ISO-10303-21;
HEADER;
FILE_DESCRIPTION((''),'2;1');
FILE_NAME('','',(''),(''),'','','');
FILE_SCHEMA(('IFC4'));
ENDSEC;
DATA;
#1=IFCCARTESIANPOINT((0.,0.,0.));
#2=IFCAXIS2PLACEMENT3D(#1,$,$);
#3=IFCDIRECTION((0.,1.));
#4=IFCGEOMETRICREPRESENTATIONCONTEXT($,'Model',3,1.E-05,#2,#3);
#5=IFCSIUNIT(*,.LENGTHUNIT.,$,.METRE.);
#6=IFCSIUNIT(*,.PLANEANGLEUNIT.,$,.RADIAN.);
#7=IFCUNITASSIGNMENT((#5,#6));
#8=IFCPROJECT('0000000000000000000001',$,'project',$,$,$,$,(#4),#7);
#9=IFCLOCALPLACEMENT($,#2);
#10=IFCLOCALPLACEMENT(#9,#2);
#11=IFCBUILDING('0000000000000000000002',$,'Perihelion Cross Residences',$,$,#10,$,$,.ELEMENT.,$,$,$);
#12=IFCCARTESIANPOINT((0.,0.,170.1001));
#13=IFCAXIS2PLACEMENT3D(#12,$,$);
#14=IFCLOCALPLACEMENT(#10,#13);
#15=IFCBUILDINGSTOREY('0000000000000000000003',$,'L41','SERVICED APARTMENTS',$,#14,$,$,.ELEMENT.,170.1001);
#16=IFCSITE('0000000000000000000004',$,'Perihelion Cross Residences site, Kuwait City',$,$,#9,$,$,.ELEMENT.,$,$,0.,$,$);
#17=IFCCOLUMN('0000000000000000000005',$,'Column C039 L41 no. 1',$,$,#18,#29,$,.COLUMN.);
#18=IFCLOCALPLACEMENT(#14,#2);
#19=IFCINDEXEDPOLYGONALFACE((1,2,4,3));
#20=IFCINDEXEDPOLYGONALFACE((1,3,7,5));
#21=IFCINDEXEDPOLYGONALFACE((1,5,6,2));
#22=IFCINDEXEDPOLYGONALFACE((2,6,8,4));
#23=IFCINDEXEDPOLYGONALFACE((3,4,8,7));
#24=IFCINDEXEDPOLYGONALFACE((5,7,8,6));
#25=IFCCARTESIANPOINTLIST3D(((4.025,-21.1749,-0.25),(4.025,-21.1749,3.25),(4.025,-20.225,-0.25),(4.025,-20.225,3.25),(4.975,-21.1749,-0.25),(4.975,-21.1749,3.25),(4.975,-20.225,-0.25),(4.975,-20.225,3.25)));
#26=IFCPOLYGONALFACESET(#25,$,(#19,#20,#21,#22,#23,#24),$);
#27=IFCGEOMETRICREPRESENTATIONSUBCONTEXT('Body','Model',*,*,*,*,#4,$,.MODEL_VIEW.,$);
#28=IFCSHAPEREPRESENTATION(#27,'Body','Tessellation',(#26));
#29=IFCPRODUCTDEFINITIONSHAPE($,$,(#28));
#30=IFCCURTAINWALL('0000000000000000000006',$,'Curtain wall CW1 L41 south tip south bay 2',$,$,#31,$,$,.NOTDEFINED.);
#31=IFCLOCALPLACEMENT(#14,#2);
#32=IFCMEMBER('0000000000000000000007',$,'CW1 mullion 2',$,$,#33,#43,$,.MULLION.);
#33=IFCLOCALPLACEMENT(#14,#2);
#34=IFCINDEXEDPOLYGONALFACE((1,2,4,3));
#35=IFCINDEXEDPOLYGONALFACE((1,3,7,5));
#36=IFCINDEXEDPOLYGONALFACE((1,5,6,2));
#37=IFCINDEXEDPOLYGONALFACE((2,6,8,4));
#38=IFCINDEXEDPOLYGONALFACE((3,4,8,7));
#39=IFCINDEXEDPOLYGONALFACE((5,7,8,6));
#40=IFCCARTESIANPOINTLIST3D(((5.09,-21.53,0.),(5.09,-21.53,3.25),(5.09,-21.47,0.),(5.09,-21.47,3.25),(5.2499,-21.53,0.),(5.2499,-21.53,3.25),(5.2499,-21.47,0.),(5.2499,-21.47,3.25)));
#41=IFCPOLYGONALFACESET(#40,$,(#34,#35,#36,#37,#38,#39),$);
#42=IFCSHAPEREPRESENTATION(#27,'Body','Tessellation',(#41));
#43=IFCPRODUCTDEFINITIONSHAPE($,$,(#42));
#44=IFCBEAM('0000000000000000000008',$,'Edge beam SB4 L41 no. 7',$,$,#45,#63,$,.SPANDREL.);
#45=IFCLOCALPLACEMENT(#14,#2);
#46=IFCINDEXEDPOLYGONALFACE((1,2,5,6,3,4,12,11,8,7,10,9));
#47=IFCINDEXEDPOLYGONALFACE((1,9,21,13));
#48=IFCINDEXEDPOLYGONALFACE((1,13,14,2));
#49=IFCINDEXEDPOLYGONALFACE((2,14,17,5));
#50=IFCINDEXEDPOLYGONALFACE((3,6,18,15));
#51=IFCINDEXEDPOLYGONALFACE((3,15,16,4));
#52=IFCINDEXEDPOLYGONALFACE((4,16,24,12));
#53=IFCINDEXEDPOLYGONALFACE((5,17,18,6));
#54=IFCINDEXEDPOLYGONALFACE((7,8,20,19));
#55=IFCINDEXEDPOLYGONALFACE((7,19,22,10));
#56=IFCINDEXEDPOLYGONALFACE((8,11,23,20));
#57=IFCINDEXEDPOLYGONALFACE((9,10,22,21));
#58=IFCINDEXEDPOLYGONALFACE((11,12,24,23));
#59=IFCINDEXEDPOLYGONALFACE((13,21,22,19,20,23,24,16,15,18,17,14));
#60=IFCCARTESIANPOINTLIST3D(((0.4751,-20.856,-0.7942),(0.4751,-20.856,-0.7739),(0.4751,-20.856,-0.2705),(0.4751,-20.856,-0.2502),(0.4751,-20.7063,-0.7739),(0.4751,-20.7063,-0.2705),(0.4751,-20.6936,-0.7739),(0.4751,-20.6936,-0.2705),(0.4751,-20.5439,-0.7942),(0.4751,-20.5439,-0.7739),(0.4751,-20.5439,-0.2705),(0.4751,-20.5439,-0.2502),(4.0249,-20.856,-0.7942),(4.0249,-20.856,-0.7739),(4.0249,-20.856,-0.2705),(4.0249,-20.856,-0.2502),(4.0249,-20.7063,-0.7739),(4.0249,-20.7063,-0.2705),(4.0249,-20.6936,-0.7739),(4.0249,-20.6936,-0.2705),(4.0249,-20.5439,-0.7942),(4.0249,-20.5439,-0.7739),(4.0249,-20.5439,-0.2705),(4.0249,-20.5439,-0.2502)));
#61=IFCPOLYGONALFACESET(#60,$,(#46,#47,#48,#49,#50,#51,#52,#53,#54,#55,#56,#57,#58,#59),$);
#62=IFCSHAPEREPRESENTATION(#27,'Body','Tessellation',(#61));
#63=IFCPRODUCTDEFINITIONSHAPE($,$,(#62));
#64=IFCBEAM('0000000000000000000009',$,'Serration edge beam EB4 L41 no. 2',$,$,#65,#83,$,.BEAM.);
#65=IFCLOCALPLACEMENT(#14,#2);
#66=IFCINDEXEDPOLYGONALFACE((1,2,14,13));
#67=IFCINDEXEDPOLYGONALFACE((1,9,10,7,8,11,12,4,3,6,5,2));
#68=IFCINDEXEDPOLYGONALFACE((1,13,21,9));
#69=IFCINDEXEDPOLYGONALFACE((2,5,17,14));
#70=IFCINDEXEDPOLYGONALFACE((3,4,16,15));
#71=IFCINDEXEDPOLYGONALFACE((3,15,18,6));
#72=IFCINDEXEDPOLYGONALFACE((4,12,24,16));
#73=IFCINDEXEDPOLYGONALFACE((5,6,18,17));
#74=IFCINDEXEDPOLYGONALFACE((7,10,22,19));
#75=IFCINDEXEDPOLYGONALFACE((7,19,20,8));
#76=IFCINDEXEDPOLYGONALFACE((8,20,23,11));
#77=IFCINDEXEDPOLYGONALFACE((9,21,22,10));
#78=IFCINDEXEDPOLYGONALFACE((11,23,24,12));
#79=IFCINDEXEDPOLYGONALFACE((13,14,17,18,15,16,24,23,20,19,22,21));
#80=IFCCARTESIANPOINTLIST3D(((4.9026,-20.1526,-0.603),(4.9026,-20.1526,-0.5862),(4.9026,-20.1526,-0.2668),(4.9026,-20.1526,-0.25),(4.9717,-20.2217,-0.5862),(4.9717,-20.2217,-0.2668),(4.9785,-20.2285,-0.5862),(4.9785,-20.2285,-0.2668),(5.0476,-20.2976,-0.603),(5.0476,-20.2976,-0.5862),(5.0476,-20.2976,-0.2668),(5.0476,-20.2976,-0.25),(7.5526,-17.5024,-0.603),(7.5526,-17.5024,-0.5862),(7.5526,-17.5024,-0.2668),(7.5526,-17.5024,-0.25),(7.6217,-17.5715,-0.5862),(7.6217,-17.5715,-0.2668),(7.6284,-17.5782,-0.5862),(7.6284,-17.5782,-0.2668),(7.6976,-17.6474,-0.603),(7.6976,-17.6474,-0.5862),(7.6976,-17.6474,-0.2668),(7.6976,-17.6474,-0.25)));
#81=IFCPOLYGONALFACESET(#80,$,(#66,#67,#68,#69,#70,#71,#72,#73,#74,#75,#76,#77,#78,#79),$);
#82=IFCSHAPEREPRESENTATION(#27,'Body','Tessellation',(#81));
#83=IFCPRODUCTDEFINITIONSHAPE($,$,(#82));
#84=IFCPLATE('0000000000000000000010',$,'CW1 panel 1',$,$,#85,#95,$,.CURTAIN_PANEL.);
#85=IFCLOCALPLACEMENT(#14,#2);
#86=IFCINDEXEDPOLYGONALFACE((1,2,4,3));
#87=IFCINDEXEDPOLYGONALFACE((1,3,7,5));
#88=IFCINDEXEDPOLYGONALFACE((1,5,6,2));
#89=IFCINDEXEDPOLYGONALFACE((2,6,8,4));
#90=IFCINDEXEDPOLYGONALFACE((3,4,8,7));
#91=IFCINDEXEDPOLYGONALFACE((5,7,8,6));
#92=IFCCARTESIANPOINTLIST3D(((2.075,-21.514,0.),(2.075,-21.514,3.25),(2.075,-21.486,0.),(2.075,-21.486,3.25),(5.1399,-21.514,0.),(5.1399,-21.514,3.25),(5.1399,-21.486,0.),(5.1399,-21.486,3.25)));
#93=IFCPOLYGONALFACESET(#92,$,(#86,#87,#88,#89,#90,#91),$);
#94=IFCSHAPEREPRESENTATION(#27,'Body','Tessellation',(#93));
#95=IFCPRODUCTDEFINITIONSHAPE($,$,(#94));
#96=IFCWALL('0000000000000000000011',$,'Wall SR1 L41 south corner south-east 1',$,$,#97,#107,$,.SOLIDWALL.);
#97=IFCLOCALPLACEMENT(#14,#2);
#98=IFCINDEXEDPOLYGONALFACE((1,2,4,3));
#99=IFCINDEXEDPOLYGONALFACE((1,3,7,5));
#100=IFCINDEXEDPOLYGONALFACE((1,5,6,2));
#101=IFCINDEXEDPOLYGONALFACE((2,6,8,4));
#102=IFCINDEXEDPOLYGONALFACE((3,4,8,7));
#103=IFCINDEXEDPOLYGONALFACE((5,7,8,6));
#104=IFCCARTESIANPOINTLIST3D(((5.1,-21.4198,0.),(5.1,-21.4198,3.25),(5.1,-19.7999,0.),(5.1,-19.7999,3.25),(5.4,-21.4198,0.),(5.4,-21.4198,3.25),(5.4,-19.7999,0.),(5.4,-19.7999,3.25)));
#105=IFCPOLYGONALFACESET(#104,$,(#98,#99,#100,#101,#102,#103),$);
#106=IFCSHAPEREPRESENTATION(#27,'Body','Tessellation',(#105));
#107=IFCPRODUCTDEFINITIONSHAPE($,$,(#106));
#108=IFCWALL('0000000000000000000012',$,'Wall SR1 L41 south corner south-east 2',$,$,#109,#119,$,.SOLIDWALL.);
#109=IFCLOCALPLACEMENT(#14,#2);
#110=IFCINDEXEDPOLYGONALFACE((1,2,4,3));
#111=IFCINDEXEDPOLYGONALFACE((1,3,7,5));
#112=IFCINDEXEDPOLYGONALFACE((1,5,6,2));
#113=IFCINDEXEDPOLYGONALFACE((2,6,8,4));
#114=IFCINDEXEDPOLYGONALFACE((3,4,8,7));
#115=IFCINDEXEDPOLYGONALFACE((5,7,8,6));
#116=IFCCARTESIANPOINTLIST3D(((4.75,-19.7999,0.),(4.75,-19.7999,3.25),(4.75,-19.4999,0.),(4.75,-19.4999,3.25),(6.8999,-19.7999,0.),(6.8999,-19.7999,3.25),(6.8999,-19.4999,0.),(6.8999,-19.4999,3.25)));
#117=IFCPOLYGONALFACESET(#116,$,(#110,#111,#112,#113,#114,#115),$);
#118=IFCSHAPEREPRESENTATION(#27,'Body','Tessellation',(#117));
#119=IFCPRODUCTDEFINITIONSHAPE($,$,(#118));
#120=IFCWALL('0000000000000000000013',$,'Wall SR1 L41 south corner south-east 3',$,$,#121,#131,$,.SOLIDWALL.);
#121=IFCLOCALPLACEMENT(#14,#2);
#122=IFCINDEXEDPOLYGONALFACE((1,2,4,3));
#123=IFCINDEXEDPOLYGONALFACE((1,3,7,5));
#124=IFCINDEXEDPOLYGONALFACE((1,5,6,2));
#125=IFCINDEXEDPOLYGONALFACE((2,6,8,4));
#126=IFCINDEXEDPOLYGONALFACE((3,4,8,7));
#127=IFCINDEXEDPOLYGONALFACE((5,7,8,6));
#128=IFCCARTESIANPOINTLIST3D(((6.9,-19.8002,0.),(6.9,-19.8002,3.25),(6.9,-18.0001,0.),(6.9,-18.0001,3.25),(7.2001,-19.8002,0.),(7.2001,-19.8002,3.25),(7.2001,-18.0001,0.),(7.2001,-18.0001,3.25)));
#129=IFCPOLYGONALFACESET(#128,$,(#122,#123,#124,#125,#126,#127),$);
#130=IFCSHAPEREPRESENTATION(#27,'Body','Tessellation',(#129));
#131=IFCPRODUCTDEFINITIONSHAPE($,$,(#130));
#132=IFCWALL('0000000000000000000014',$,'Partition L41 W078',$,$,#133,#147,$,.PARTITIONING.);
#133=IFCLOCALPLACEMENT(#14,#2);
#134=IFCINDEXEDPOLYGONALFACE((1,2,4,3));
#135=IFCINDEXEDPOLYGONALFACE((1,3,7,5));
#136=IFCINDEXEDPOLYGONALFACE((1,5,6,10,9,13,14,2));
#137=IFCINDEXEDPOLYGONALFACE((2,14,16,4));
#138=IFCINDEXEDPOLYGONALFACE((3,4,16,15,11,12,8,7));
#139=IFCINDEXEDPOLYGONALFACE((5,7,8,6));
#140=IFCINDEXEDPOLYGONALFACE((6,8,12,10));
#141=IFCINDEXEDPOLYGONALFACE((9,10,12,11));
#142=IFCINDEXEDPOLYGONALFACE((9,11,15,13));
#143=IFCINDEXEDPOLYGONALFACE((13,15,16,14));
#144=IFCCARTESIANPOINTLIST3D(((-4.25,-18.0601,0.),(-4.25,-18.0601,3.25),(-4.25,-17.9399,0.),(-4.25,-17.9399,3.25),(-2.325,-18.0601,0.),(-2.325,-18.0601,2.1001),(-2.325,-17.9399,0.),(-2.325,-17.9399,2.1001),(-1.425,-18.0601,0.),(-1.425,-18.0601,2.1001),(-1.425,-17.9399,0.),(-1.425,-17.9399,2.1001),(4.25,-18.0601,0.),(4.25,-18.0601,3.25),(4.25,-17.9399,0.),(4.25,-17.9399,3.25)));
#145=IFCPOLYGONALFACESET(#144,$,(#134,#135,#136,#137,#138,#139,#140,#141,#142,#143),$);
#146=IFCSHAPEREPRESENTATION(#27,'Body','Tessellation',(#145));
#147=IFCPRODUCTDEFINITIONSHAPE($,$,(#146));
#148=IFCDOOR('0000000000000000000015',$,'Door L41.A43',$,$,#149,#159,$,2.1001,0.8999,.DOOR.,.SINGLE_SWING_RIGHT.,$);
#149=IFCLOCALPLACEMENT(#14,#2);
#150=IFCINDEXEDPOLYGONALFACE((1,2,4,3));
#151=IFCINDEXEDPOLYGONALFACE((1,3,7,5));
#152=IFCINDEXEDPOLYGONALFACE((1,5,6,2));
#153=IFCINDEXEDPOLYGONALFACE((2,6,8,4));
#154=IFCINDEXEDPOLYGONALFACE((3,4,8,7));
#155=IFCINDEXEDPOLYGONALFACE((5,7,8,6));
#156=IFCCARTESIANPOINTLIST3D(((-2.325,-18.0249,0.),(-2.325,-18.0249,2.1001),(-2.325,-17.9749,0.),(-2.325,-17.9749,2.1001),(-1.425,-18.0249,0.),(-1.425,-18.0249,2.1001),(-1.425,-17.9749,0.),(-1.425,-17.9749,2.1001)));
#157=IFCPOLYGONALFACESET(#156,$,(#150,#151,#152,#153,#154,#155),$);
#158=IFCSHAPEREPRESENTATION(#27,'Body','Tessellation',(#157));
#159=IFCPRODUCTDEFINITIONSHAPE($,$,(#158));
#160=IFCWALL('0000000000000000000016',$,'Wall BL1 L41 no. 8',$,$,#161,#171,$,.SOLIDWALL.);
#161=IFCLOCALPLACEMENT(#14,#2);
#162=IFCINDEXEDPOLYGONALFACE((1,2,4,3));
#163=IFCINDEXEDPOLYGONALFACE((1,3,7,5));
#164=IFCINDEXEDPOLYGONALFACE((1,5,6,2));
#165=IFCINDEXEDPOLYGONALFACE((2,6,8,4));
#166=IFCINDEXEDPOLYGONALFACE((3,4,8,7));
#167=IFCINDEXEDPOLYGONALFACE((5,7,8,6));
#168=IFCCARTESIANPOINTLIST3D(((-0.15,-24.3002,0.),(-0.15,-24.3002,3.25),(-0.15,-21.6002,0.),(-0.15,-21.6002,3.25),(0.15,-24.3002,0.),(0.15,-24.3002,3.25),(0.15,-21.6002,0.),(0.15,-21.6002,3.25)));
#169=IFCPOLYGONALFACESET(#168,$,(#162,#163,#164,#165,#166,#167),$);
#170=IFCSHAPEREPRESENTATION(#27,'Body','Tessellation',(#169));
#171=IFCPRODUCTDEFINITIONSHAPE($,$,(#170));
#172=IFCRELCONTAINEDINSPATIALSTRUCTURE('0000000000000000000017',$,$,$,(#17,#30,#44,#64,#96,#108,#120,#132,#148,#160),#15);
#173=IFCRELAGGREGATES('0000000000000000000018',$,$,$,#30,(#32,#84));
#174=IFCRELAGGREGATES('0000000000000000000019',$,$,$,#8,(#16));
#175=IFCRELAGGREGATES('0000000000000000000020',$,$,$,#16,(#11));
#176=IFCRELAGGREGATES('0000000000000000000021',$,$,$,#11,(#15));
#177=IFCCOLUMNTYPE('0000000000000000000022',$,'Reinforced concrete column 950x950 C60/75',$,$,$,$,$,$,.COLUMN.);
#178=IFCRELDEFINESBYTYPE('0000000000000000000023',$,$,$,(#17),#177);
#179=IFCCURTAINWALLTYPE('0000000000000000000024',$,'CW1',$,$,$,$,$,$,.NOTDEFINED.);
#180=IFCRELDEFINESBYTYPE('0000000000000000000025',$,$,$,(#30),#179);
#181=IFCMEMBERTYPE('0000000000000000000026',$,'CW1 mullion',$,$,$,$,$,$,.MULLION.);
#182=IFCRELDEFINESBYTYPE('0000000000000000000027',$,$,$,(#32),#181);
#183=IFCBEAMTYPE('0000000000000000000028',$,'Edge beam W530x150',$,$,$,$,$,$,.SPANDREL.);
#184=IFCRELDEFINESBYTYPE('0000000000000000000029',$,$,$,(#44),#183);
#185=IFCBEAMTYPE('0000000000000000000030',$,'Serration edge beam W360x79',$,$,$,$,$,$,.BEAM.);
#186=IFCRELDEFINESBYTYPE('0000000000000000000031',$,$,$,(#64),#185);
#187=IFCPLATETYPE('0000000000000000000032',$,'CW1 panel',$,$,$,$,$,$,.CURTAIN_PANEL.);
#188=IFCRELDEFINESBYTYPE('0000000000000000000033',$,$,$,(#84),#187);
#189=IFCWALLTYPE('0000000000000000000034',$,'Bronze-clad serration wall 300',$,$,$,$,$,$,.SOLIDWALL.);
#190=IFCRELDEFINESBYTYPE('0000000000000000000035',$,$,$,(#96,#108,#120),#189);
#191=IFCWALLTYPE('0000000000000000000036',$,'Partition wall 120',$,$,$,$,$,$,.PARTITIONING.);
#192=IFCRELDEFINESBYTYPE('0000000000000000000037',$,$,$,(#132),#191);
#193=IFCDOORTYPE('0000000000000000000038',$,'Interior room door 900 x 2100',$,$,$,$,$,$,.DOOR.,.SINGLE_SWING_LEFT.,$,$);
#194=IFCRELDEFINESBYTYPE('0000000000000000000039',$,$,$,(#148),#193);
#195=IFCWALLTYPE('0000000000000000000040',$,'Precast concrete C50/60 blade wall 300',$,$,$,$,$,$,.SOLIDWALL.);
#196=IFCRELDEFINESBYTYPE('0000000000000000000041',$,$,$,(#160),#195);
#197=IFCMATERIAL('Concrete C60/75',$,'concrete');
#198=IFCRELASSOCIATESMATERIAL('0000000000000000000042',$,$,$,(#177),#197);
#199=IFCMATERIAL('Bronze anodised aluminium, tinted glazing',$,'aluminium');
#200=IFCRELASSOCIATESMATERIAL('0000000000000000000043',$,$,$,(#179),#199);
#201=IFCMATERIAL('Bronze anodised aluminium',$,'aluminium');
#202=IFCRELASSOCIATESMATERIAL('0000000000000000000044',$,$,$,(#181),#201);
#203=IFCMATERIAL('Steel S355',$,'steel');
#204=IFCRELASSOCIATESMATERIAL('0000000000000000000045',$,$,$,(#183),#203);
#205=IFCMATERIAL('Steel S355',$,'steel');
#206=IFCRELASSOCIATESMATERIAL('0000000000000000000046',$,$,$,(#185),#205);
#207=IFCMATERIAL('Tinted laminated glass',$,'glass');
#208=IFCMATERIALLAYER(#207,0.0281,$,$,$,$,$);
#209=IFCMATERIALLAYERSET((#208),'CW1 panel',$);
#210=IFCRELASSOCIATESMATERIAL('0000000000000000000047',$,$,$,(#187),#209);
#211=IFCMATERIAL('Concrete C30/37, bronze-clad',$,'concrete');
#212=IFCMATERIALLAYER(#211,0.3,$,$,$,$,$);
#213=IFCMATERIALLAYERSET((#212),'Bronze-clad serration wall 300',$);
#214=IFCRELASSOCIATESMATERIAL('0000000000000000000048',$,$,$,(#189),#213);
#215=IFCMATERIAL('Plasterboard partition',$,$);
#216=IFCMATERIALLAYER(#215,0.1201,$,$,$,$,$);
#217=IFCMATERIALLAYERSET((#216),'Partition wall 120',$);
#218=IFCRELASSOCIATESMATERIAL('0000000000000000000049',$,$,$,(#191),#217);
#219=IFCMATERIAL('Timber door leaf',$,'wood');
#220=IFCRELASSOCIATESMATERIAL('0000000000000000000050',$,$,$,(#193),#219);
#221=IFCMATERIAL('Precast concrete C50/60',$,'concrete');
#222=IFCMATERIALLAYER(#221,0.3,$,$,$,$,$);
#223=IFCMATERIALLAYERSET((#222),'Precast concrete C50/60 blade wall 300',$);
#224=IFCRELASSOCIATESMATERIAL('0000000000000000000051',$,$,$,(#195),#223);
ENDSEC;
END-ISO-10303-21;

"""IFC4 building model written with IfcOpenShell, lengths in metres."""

from ifc_helpers import new_model, si_unit, direction, frame, frame_2d, origin, origin_2d, place, context, subcontext, project, spatial, rectangle, i_section, extrude, material, layer, layer_set, material_profile, profile_set, type_object, element, fill, aggregate, save


model = new_model("IFC4")

# Units and contexts
model_context = context("Model", 3, precision=1e-05, world=origin(), true_north=direction((0.0, 1.0)))
body_context = subcontext(model_context, "Body", "Model", "MODEL_VIEW")
ifc_project = project(units=[si_unit("LENGTHUNIT", "METRE"), si_unit("PLANEANGLEUNIT", "RADIAN")], contexts=[model_context])

# Site, building, storey
site_placement = place(None, origin())
site = spatial("IfcSite", under=ifc_project, at=site_placement, Name="Perihelion Cross Residences site, Kuwait City", CompositionType="ELEMENT", RefElevation=0.0)
building_placement = place(site_placement, origin())
building = spatial("IfcBuilding", under=site, at=building_placement, Name="Perihelion Cross Residences", CompositionType="ELEMENT")
storey_placement = place(building_placement, frame((0.0, 0.0, 170.1001)))
storey = spatial("IfcBuildingStorey", under=building, at=storey_placement, Name="L41", Description="SERVICED APARTMENTS", CompositionType="ELEMENT", Elevation=170.1001)

# Column
ifc_material_1 = material(Name="Concrete C60/75", Category="concrete")
ifc_material_profile_1 = material_profile(ifc_material_1, rectangle(XDim=0.95, YDim=0.95, at=origin_2d()), Name="RC 950x950")
ifc_profile_set_1 = profile_set([ifc_material_profile_1], Name="Concrete C60/75")
column_type = type_object("IfcColumnType", Name="Reinforced concrete column 950x950 C60/75", PredefinedType="COLUMN", material=ifc_profile_set_1)
column_placement = place(storey_placement, frame((4.5, -20.7, -0.25), z_axis=(0.0, 0.0, 1.0), x_axis=(1.0, 0.0, 0.0)))
element("IfcColumn", 1, at=column_placement, inside=storey, type_object=column_type, Name="Column C039 L41 no. 1", PredefinedType="COLUMN", context=body_context, shape_type="SweptSolid", body=[
    extrude(rectangle(XDim=0.95, YDim=0.95, at=origin_2d()), origin(), (0.0, 0.0, 1.0), 3.5),
])

# Curtain wall, member
ifc_material_2 = material(Name="Bronze anodised aluminium, tinted glazing", Category="aluminium")
curtain_wall_type = type_object("IfcCurtainWallType", Name="CW1", PredefinedType="NOTDEFINED", material=ifc_material_2)
curtain_wall_placement = place(storey_placement, origin())
curtain_wall = element("IfcCurtainWall", 2, at=curtain_wall_placement, inside=storey, type_object=curtain_wall_type, Name="Curtain wall CW1 L41 south tip south bay 2", PredefinedType="NOTDEFINED")
ifc_material_3 = material(Name="Bronze anodised aluminium", Category="aluminium")
ifc_material_profile_2 = material_profile(ifc_material_3, rectangle(XDim=0.0601, YDim=0.1599, at=origin_2d()), Name="CW1 mullion")
ifc_profile_set_2 = profile_set([ifc_material_profile_2], Name="Bronze anodised aluminium")
member_type = type_object("IfcMemberType", Name="CW1 mullion", PredefinedType="MULLION", material=ifc_profile_set_2)
member_placement = place(storey_placement, frame((5.1699, -21.5, 0.0), z_axis=(0.0, 0.0, 1.0), x_axis=(0.0, 1.0, 0.0)))
member = element("IfcMember", 3, at=member_placement, type_object=member_type, Name="CW1 mullion 2", PredefinedType="MULLION", context=body_context, shape_type="SweptSolid", body=[
    extrude(rectangle(XDim=0.0601, YDim=0.1599, at=origin_2d()), origin(), (0.0, 0.0, 1.0), 3.25),
])

# Beams
ifc_material_4 = material(Name="Steel S355", Category="steel")
ifc_material_profile_3 = material_profile(ifc_material_4, i_section(OverallWidth=0.312, OverallDepth=0.5439, WebThickness=0.0127, FlangeThickness=0.0203, at=origin_2d()), Name="W530x150")
ifc_profile_set_3 = profile_set([ifc_material_profile_3], Name="Steel S355")
beam_type_1 = type_object("IfcBeamType", Name="Edge beam W530x150", PredefinedType="SPANDREL", material=ifc_profile_set_3)
beam_1_placement = place(storey_placement, frame((0.4751, -20.7, -0.5222), z_axis=(1.0, 0.0, 0.0), x_axis=(0.0, 1.0, 0.0)))
element("IfcBeam", 4, at=beam_1_placement, inside=storey, type_object=beam_type_1, Name="Edge beam SB4 L41 no. 7", PredefinedType="SPANDREL", context=body_context, shape_type="SweptSolid", body=[
    extrude(i_section(OverallWidth=0.312, OverallDepth=0.5439, WebThickness=0.0127, FlangeThickness=0.0203, at=origin_2d()), origin(), (0.0, 0.0, 1.0), 3.5498),
])
ifc_material_5 = material(Name="Steel S355", Category="steel")
ifc_material_profile_4 = material_profile(ifc_material_5, i_section(OverallWidth=0.2051, OverallDepth=0.353, WebThickness=0.0095, FlangeThickness=0.0168, at=origin_2d()), Name="W360x79")
ifc_profile_set_4 = profile_set([ifc_material_profile_4], Name="Steel S355")
beam_type_2 = type_object("IfcBeamType", Name="Serration edge beam W360x79", PredefinedType="BEAM", material=ifc_profile_set_4)
beam_2_placement = place(storey_placement, frame((4.9751, -20.2251, -0.4265), z_axis=(0.707074, 0.707139, 0.0), x_axis=(-0.707139, 0.707074, 0.0)))
element("IfcBeam", 5, at=beam_2_placement, inside=storey, type_object=beam_type_2, Name="Serration edge beam EB4 L41 no. 2", PredefinedType="BEAM", context=body_context, shape_type="SweptSolid", body=[
    extrude(i_section(OverallWidth=0.2051, OverallDepth=0.353, WebThickness=0.0095, FlangeThickness=0.0168, at=origin_2d()), origin(), (0.0, 0.0, 1.0), 3.7478),
])

# Plate
ifc_material_6 = material(Name="Tinted laminated glass", Category="glass")
ifc_layer_1 = layer(ifc_material_6, 0.0281)
ifc_layer_set_1 = layer_set([ifc_layer_1], Name="CW1 panel")
plate_type = type_object("IfcPlateType", Name="CW1 panel", PredefinedType="CURTAIN_PANEL", material=ifc_layer_set_1)
plate_placement = place(storey_placement, frame((3.6074, -21.5, 0.0), z_axis=(0.0, 0.0, 1.0), x_axis=(1.0, 0.0, 0.0)))
plate = element("IfcPlate", 6, at=plate_placement, type_object=plate_type, Name="CW1 panel 1", PredefinedType="CURTAIN_PANEL", context=body_context, shape_type="SweptSolid", body=[
    extrude(rectangle(XDim=3.0649, YDim=0.0281, at=origin_2d()), origin(), (0.0, 0.0, 1.0), 3.25),
])
aggregate(curtain_wall, [member, plate])

# Walls
ifc_material_7 = material(Name="Concrete C30/37, bronze-clad", Category="concrete")
ifc_layer_2 = layer(ifc_material_7, 0.3)
ifc_layer_set_2 = layer_set([ifc_layer_2], Name="Bronze-clad serration wall 300")
wall_type_1 = type_object("IfcWallType", Name="Bronze-clad serration wall 300", PredefinedType="SOLIDWALL", material=ifc_layer_set_2)
wall_1_placement = place(storey_placement, frame((5.25, -21.4199, 0.0), z_axis=(0.0, 0.0, 1.0), x_axis=(0.0, 1.0, 0.0)))
element("IfcWall", 7, at=wall_1_placement, inside=storey, type_object=wall_type_1, Name="Wall SR1 L41 south corner south-east 1", PredefinedType="SOLIDWALL", context=body_context, shape_type="SweptSolid", body=[
    extrude(rectangle(XDim=1.6199, YDim=0.3, at=frame_2d((0.8101, 0.0))), origin(), (0.0, 0.0, 1.0), 3.25),
])
wall_2_placement = place(storey_placement, frame((4.75, -19.6499, 0.0), z_axis=(0.0, 0.0, 1.0), x_axis=(1.0, 0.0, 0.0)))
element("IfcWall", 8, at=wall_2_placement, inside=storey, type_object=wall_type_1, Name="Wall SR1 L41 south corner south-east 2", PredefinedType="SOLIDWALL", context=body_context, shape_type="SweptSolid", body=[
    extrude(rectangle(XDim=2.1499, YDim=0.3, at=frame_2d((1.075, 0.0))), origin(), (0.0, 0.0, 1.0), 3.25),
])
wall_3_placement = place(storey_placement, frame((7.05, -19.8, 0.0), z_axis=(0.0, 0.0, 1.0), x_axis=(0.0, 1.0, 0.0)))
element("IfcWall", 9, at=wall_3_placement, inside=storey, type_object=wall_type_1, Name="Wall SR1 L41 south corner south-east 3", PredefinedType="SOLIDWALL", context=body_context, shape_type="SweptSolid", body=[
    extrude(rectangle(XDim=1.8, YDim=0.3, at=frame_2d((0.8999, 0.0))), origin(), (0.0, 0.0, 1.0), 3.25),
])

# Wall, opening, door
ifc_material_8 = material(Name="Plasterboard partition")
ifc_layer_3 = layer(ifc_material_8, 0.1201)
ifc_layer_set_3 = layer_set([ifc_layer_3], Name="Partition wall 120")
wall_type_2 = type_object("IfcWallType", Name="Partition wall 120", PredefinedType="PARTITIONING", material=ifc_layer_set_3)
wall_4_placement = place(storey_placement, frame((4.25, -18.0, 0.0), z_axis=(0.0, 0.0, 1.0), x_axis=(-1.0, 0.0, 0.0)))
wall_4 = element("IfcWall", 10, at=wall_4_placement, inside=storey, type_object=wall_type_2, Name="Partition L41 W078", PredefinedType="PARTITIONING", context=body_context, shape_type="SweptSolid", body=[
    extrude(rectangle(XDim=8.5, YDim=0.1201, at=frame_2d((4.25, 0.0))), origin(), (0.0, 0.0, 1.0), 3.25),
])
opening_1_placement = place(wall_4_placement, frame((5.675, 0.0, 0.0)))
opening_1 = element("IfcOpeningElement", 11, at=opening_1_placement, cuts=wall_4, PredefinedType="OPENING", context=body_context, shape_type="SweptSolid", body=[
    extrude(rectangle(XDim=0.8999, YDim=2.1001, at=frame_2d((0.45, 1.05))), frame((0.0, 0.0701, 0.0), z_axis=(0.0, -1.0, 0.0), x_axis=(1.0, 0.0, 0.0)), (0.0, 0.0, 1.0), 0.1401),
])
ifc_material_9 = material(Name="Timber door leaf", Category="wood")
door_type_1 = type_object("IfcDoorType", Name="Interior room door 900 x 2100", OperationType="SINGLE_SWING_LEFT", PredefinedType="DOOR", material=ifc_material_9)
door_1_placement = place(opening_1_placement, origin())
door_1 = element("IfcDoor", 12, at=door_1_placement, inside=storey, type_object=door_type_1, Name="Door L41.A43", OperationType="SINGLE_SWING_RIGHT", OverallHeight=2.1001, OverallWidth=0.8999, PredefinedType="DOOR", context=body_context, shape_type="SweptSolid", body=[
    extrude(rectangle(XDim=0.8999, YDim=2.1001, at=frame_2d((0.45, 1.05))), frame((0.0, 0.0249, 0.0), z_axis=(0.0, -1.0, 0.0), x_axis=(1.0, 0.0, 0.0)), (0.0, 0.0, 1.0), 0.05),
])
fill(opening_1, door_1)

# Wall
ifc_material_10 = material(Name="Precast concrete C50/60", Category="concrete")
ifc_layer_4 = layer(ifc_material_10, 0.3)
ifc_layer_set_4 = layer_set([ifc_layer_4], Name="Precast concrete C50/60 blade wall 300")
wall_type_3 = type_object("IfcWallType", Name="Precast concrete C50/60 blade wall 300", PredefinedType="SOLIDWALL", material=ifc_layer_set_4)
wall_5_placement = place(storey_placement, frame((0.0, -21.6001, 0.0), z_axis=(0.0, 0.0, 1.0), x_axis=(0.0, -1.0, 0.0)))
element("IfcWall", 13, at=wall_5_placement, inside=storey, type_object=wall_type_3, Name="Wall BL1 L41 no. 8", PredefinedType="SOLIDWALL", context=body_context, shape_type="SweptSolid", body=[
    extrude(rectangle(XDim=2.7, YDim=0.3, at=frame_2d((1.3501, 0.0))), origin(), (0.0, 0.0, 1.0), 3.25),
])

save(model, "model.ifc")
